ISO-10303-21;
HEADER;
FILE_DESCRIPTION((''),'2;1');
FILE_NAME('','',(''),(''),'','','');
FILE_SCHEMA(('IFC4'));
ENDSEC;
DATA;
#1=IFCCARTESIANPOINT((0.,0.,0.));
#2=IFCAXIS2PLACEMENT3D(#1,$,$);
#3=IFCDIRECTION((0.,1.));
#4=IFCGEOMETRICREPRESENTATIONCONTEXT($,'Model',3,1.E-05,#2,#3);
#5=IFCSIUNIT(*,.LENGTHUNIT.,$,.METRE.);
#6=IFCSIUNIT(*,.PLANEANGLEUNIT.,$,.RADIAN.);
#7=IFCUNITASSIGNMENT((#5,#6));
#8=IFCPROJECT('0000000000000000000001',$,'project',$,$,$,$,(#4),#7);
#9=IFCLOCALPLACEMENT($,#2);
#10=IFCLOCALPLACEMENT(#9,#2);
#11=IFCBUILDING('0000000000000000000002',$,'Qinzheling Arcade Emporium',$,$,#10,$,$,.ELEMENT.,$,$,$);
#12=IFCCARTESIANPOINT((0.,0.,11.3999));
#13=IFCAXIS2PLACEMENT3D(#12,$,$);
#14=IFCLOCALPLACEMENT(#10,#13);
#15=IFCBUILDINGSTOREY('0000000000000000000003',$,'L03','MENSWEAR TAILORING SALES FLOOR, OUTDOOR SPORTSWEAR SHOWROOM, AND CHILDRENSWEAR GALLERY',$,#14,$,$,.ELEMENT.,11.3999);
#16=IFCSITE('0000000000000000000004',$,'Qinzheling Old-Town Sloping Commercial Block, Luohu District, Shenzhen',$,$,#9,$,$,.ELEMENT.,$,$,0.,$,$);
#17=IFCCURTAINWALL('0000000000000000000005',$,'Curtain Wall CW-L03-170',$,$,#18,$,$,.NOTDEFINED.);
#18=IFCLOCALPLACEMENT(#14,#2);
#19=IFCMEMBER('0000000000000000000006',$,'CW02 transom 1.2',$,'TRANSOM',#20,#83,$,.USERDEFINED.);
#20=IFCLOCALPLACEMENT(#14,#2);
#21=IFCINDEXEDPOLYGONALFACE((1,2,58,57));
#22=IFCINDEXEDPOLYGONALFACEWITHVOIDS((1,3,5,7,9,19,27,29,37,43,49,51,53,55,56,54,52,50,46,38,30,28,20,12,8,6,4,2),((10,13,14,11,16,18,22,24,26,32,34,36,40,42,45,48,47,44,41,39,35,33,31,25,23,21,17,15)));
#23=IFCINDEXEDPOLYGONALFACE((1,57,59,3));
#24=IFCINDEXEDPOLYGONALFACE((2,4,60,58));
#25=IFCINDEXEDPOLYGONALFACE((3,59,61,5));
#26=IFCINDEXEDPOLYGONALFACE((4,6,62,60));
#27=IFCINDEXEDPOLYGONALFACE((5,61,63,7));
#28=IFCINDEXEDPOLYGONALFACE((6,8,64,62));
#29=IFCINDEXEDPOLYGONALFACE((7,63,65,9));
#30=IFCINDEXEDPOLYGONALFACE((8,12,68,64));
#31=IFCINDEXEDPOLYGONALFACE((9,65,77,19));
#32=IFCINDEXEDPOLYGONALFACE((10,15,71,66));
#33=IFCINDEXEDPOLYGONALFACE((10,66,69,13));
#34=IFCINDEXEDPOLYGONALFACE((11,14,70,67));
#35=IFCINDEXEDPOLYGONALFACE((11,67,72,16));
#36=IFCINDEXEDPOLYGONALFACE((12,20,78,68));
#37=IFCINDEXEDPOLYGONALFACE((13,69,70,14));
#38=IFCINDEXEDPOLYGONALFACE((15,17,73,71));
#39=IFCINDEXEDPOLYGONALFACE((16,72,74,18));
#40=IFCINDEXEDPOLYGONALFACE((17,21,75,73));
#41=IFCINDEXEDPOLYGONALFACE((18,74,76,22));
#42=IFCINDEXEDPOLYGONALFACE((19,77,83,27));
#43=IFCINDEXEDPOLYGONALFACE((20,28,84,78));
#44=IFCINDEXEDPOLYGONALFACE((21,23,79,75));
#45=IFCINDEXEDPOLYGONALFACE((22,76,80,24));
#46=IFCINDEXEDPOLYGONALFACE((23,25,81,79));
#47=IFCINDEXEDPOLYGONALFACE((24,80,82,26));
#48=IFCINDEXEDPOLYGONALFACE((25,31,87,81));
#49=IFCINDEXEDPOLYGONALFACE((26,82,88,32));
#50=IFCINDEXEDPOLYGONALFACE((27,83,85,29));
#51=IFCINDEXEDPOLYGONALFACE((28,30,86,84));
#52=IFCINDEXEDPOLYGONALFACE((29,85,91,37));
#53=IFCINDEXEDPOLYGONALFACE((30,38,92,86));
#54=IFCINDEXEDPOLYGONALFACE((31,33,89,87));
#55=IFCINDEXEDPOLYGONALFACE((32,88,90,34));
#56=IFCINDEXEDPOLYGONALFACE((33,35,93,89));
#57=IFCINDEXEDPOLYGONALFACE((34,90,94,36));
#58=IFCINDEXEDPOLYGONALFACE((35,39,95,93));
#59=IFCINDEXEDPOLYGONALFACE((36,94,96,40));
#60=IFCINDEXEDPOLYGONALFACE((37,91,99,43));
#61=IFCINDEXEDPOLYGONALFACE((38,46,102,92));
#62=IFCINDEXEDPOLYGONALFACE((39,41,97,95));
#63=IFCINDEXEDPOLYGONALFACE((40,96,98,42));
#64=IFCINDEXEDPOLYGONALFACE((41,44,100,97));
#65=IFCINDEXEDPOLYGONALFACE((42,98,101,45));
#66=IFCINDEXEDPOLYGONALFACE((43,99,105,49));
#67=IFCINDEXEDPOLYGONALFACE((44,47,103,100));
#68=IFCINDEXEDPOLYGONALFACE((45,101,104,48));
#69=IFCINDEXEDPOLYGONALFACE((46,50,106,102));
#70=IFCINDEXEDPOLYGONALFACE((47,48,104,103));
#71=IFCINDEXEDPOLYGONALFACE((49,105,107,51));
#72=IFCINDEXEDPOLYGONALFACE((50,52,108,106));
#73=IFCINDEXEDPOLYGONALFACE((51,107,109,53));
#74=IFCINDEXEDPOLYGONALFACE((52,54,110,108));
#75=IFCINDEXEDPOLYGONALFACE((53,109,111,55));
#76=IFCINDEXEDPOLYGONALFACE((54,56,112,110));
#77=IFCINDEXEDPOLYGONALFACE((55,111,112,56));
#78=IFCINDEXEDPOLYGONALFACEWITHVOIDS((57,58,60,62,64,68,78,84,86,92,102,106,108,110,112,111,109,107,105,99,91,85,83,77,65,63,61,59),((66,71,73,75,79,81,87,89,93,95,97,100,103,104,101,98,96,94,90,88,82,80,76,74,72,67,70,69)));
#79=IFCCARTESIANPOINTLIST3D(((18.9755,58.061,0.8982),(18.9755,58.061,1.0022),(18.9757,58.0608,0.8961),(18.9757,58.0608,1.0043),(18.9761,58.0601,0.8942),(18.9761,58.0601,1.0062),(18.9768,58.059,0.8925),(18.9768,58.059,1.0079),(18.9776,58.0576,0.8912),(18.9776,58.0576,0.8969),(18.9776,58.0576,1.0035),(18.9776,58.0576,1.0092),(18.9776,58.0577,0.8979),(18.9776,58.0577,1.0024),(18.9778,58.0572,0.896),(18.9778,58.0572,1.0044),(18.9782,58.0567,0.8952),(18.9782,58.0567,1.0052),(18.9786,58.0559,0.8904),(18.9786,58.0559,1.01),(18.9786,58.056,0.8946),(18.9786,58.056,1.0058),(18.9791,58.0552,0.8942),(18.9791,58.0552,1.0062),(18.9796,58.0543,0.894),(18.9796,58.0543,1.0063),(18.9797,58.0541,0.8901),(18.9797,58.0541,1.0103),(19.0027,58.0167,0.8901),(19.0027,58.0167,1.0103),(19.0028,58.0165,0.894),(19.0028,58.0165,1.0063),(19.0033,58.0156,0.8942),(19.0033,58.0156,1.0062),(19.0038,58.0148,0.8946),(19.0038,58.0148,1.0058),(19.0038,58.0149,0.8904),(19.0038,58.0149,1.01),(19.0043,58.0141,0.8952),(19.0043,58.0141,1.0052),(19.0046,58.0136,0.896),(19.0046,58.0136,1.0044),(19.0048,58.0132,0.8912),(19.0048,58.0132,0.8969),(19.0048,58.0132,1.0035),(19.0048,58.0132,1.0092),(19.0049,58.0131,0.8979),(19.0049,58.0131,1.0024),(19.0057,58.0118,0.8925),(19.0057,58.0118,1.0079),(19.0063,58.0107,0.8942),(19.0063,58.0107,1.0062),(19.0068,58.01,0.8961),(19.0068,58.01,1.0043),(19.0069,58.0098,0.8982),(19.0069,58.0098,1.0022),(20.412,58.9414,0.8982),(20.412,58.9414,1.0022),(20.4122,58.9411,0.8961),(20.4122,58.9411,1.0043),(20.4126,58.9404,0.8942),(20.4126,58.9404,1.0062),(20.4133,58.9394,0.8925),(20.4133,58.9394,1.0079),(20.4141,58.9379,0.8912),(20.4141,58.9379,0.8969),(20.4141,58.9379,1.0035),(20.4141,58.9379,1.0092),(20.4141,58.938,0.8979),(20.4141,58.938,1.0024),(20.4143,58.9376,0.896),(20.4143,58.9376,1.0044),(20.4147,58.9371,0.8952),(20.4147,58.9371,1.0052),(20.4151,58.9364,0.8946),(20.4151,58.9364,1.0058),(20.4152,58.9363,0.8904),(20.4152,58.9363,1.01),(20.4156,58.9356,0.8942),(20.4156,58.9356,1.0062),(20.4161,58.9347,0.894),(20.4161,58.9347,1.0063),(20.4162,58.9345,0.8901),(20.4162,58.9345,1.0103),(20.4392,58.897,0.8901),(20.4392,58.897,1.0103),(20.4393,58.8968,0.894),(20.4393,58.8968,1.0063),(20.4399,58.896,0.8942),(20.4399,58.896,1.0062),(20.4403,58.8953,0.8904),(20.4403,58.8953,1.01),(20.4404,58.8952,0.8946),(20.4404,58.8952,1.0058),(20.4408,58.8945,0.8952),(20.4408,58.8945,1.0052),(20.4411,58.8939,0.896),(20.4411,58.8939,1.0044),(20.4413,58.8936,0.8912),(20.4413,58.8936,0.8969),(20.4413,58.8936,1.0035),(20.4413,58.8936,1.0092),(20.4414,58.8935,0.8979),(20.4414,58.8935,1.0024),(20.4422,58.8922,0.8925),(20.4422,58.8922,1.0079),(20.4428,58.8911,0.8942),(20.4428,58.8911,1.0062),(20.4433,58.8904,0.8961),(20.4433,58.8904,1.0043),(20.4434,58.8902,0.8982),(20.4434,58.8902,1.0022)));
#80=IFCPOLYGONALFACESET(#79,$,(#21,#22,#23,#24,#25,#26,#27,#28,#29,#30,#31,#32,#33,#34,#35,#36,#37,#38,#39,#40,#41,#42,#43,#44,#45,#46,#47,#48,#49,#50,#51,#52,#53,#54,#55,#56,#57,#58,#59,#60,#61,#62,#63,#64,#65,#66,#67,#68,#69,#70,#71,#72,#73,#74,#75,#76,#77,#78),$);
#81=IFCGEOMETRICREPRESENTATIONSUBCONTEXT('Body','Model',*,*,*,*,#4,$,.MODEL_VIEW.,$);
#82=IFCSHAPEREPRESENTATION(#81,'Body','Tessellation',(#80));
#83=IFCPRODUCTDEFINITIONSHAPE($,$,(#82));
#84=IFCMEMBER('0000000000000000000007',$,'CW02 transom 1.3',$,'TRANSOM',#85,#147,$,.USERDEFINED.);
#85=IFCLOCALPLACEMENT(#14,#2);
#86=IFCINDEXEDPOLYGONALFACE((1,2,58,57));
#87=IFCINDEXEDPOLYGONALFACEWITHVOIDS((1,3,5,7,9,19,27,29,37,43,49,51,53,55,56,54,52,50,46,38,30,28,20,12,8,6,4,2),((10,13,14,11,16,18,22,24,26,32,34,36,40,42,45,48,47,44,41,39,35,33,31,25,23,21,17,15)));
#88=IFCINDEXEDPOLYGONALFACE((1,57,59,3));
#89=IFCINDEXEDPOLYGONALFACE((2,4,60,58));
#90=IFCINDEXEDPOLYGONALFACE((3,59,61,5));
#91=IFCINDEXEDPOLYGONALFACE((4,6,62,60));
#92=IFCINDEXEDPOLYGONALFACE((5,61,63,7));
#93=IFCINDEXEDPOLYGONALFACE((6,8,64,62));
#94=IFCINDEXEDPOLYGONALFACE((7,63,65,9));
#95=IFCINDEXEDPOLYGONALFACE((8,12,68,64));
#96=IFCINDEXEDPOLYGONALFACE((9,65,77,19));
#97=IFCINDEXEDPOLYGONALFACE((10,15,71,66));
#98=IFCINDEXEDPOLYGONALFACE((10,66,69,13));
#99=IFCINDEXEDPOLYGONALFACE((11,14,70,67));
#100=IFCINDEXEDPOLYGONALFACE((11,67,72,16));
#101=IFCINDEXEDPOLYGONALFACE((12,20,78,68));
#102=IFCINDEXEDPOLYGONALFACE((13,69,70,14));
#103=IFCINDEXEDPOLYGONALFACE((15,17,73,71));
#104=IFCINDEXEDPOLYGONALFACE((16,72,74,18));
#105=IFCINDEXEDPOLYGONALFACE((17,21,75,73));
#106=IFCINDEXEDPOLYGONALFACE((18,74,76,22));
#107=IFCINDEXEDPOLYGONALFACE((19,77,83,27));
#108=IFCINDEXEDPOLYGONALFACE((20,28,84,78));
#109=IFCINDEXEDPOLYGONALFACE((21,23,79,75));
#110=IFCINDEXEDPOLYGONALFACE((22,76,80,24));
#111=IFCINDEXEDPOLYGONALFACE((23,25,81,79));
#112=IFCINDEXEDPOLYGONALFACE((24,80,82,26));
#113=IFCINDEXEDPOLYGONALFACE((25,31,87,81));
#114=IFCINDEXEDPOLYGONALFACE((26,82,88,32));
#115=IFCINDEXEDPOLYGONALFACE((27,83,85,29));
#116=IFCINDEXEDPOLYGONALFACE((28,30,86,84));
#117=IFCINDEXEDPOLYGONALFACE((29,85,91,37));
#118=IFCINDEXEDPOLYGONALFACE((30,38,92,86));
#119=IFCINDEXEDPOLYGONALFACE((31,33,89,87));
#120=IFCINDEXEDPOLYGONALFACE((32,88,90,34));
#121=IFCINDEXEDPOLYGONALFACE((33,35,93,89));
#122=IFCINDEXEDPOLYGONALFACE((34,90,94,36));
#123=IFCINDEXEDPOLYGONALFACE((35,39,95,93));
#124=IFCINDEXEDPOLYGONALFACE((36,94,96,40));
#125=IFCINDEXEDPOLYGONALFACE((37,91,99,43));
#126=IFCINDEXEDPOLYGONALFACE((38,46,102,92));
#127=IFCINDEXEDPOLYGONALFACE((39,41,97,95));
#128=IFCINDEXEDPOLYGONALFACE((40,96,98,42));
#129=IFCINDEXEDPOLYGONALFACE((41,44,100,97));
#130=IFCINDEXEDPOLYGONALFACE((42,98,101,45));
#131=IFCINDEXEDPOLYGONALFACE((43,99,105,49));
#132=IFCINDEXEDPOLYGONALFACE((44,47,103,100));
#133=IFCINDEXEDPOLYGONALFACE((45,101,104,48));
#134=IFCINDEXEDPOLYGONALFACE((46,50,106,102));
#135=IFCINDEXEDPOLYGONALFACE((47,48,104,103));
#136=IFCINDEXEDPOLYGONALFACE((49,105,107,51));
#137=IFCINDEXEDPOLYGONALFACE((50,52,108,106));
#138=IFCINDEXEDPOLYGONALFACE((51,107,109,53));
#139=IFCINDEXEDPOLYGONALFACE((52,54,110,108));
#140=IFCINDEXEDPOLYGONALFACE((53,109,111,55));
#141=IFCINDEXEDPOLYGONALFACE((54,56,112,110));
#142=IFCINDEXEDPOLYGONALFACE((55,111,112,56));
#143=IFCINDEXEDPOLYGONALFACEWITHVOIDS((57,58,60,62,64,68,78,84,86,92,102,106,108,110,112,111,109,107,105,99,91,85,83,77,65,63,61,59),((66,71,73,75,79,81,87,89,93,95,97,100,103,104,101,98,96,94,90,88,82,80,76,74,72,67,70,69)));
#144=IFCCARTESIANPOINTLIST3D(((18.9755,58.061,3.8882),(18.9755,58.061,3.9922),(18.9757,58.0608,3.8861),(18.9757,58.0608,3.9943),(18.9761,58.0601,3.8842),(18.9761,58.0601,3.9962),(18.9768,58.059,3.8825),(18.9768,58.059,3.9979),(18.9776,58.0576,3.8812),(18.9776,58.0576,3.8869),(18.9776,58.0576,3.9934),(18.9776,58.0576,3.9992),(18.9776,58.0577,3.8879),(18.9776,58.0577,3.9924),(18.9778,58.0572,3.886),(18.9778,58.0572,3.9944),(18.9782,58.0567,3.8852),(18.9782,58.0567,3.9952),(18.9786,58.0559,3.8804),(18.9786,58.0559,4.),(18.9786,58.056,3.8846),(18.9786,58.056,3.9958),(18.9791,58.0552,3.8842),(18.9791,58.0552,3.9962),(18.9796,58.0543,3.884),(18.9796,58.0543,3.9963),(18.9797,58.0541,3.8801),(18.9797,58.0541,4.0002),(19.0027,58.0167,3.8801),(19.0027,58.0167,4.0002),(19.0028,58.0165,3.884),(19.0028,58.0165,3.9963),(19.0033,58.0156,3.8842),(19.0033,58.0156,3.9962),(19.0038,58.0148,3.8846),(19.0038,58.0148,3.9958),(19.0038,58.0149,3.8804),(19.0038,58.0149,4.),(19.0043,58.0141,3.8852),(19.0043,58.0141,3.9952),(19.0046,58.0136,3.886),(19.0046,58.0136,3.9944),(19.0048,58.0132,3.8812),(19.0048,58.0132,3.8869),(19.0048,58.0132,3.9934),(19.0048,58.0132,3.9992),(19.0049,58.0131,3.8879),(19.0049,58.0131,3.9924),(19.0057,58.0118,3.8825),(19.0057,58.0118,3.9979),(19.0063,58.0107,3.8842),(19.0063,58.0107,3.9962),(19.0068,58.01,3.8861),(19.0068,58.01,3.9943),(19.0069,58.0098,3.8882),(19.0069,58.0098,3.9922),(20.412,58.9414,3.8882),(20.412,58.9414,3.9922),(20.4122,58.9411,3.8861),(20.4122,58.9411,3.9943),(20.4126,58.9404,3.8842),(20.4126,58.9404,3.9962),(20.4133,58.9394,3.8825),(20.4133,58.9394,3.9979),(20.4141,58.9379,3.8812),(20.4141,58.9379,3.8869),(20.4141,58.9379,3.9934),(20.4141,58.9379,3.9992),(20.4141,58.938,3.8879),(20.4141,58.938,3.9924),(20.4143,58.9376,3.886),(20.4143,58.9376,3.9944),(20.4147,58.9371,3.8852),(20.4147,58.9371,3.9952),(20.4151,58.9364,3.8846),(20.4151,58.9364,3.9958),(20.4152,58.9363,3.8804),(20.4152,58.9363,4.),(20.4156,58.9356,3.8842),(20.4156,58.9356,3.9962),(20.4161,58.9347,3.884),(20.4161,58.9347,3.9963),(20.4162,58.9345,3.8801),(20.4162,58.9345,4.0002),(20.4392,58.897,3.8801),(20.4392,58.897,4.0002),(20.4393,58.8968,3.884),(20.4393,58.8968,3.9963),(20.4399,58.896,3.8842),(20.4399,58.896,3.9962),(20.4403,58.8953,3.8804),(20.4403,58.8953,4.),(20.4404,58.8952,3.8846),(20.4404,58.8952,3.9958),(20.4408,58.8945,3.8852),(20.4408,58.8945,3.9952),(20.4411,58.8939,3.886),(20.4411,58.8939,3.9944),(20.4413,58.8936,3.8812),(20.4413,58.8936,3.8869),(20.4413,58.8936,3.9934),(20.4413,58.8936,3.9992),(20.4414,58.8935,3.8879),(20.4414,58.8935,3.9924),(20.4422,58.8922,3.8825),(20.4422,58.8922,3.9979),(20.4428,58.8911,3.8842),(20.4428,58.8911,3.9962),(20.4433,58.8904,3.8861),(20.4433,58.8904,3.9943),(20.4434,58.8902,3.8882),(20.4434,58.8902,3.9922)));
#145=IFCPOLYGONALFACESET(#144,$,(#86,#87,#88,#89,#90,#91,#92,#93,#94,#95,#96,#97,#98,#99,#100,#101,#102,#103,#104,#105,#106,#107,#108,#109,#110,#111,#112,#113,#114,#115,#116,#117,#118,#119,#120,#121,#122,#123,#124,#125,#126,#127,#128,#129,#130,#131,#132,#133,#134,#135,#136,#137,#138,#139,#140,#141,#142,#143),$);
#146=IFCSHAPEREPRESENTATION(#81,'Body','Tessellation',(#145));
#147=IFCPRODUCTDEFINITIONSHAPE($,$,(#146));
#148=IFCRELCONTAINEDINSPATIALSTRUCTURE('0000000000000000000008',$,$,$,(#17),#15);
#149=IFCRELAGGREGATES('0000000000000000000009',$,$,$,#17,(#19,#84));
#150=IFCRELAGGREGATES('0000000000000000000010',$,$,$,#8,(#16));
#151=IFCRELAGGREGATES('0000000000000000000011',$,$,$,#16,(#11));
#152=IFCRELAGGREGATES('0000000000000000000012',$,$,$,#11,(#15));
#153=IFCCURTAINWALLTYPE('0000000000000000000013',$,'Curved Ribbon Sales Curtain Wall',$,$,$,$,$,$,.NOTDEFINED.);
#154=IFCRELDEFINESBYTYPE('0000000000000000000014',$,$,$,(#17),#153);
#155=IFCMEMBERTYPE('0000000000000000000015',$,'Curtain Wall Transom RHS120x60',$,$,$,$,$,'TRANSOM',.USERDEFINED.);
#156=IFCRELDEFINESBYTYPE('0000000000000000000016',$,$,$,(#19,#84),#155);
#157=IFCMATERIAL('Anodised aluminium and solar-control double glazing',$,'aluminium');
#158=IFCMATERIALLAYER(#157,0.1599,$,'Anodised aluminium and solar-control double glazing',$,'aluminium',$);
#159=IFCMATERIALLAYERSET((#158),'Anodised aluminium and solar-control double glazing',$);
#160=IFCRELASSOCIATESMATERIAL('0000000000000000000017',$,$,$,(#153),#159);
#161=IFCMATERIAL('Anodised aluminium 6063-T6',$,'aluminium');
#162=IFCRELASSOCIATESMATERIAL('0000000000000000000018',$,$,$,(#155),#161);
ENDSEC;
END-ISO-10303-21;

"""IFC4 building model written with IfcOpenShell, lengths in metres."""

from ifc_helpers import new_model, si_unit, direction, frame, origin, origin_2d, place, context, subcontext, project, spatial, hollow_rectangle, extrude, material, layer, layer_set, material_profile, profile_set, type_object, element, aggregate, save


model = new_model("IFC4")

# Units and contexts
model_context = context("Model", 3, precision=1e-05, world=origin(), true_north=direction((0.0, 1.0)))
body_context = subcontext(model_context, "Body", "Model", "MODEL_VIEW")
ifc_project = project(units=[si_unit("LENGTHUNIT", "METRE"), si_unit("PLANEANGLEUNIT", "RADIAN")], contexts=[model_context])

# Site, building, storey
site_placement = place(None, origin())
site = spatial("IfcSite", under=ifc_project, at=site_placement, Name="Qinzheling Old-Town Sloping Commercial Block, Luohu District, Shenzhen", CompositionType="ELEMENT", RefElevation=0.0)
building_placement = place(site_placement, origin())
building = spatial("IfcBuilding", under=site, at=building_placement, Name="Qinzheling Arcade Emporium", CompositionType="ELEMENT")
storey_placement = place(building_placement, frame((0.0, 0.0, 11.3999)))
storey = spatial("IfcBuildingStorey", under=building, at=storey_placement, Name="L03", Description="MENSWEAR TAILORING SALES FLOOR, OUTDOOR SPORTSWEAR SHOWROOM, AND CHILDRENSWEAR GALLERY", CompositionType="ELEMENT", Elevation=11.3999)

# Shared definitions
ifc_material_1 = material(Name="Anodised aluminium and solar-control double glazing", Category="aluminium")
ifc_layer_1 = layer(ifc_material_1, 0.1599, Name="Anodised aluminium and solar-control double glazing", Category="aluminium")
ifc_layer_set_1 = layer_set([ifc_layer_1], Name="Anodised aluminium and solar-control double glazing")
curtain_wall_type = type_object("IfcCurtainWallType", Name="Curved Ribbon Sales Curtain Wall", PredefinedType="NOTDEFINED", material=ifc_layer_set_1)
ifc_material_2 = material(Name="Anodised aluminium 6063-T6", Category="aluminium")

# Curtain wall
curtain_wall_1_placement = place(storey_placement, origin())
curtain_wall_1 = element("IfcCurtainWall", 1, at=curtain_wall_1_placement, inside=storey, type_object=curtain_wall_type, Name="Curtain Wall CW-L03-170", PredefinedType="NOTDEFINED")

# Members
ifc_material_profile_1 = material_profile(ifc_material_2, hollow_rectangle(XDim=0.0601, YDim=0.1201, WallThickness=0.0039, InnerFilletRadius=0.0039, OuterFilletRadius=0.0081, at=origin_2d()), Name="RHS 120x60x4", Category="aluminium")
ifc_profile_set_1 = profile_set([ifc_material_profile_1], Name="Anodised aluminium 6063-T6")
member_type_1 = type_object("IfcMemberType", Name="Curtain Wall Transom RHS120x60", ElementType="TRANSOM", PredefinedType="USERDEFINED", material=ifc_profile_set_1)
member_1_placement = place(storey_placement, frame((18.9912, 58.0354, 0.9502), z_axis=(0.852622, 0.522528, 0.0), x_axis=(-0.522528, 0.852622, 0.0)))
member_1 = element("IfcMember", 2, at=member_1_placement, type_object=member_type_1, Name="CW02 transom 1.2", ObjectType="TRANSOM", PredefinedType="USERDEFINED", context=body_context, shape_type="SweptSolid", body=[
    extrude(hollow_rectangle(XDim=0.0601, YDim=0.1201, WallThickness=0.0039, InnerFilletRadius=0.0039, OuterFilletRadius=0.0081, at=origin_2d()), origin(), (0.0, 0.0, 1.0), 1.6848),
])
member_2_placement = place(storey_placement, frame((18.9912, 58.0354, 3.9402), z_axis=(0.852622, 0.522528, 0.0), x_axis=(-0.522528, 0.852622, 0.0)))
member_2 = element("IfcMember", 3, at=member_2_placement, type_object=member_type_1, Name="CW02 transom 1.3", ObjectType="TRANSOM", PredefinedType="USERDEFINED", context=body_context, shape_type="SweptSolid", body=[
    extrude(hollow_rectangle(XDim=0.0601, YDim=0.1201, WallThickness=0.0039, InnerFilletRadius=0.0039, OuterFilletRadius=0.0081, at=origin_2d()), origin(), (0.0, 0.0, 1.0), 1.6848),
])

aggregate(curtain_wall_1, [member_1, member_2])

save(model, "model.ifc")
